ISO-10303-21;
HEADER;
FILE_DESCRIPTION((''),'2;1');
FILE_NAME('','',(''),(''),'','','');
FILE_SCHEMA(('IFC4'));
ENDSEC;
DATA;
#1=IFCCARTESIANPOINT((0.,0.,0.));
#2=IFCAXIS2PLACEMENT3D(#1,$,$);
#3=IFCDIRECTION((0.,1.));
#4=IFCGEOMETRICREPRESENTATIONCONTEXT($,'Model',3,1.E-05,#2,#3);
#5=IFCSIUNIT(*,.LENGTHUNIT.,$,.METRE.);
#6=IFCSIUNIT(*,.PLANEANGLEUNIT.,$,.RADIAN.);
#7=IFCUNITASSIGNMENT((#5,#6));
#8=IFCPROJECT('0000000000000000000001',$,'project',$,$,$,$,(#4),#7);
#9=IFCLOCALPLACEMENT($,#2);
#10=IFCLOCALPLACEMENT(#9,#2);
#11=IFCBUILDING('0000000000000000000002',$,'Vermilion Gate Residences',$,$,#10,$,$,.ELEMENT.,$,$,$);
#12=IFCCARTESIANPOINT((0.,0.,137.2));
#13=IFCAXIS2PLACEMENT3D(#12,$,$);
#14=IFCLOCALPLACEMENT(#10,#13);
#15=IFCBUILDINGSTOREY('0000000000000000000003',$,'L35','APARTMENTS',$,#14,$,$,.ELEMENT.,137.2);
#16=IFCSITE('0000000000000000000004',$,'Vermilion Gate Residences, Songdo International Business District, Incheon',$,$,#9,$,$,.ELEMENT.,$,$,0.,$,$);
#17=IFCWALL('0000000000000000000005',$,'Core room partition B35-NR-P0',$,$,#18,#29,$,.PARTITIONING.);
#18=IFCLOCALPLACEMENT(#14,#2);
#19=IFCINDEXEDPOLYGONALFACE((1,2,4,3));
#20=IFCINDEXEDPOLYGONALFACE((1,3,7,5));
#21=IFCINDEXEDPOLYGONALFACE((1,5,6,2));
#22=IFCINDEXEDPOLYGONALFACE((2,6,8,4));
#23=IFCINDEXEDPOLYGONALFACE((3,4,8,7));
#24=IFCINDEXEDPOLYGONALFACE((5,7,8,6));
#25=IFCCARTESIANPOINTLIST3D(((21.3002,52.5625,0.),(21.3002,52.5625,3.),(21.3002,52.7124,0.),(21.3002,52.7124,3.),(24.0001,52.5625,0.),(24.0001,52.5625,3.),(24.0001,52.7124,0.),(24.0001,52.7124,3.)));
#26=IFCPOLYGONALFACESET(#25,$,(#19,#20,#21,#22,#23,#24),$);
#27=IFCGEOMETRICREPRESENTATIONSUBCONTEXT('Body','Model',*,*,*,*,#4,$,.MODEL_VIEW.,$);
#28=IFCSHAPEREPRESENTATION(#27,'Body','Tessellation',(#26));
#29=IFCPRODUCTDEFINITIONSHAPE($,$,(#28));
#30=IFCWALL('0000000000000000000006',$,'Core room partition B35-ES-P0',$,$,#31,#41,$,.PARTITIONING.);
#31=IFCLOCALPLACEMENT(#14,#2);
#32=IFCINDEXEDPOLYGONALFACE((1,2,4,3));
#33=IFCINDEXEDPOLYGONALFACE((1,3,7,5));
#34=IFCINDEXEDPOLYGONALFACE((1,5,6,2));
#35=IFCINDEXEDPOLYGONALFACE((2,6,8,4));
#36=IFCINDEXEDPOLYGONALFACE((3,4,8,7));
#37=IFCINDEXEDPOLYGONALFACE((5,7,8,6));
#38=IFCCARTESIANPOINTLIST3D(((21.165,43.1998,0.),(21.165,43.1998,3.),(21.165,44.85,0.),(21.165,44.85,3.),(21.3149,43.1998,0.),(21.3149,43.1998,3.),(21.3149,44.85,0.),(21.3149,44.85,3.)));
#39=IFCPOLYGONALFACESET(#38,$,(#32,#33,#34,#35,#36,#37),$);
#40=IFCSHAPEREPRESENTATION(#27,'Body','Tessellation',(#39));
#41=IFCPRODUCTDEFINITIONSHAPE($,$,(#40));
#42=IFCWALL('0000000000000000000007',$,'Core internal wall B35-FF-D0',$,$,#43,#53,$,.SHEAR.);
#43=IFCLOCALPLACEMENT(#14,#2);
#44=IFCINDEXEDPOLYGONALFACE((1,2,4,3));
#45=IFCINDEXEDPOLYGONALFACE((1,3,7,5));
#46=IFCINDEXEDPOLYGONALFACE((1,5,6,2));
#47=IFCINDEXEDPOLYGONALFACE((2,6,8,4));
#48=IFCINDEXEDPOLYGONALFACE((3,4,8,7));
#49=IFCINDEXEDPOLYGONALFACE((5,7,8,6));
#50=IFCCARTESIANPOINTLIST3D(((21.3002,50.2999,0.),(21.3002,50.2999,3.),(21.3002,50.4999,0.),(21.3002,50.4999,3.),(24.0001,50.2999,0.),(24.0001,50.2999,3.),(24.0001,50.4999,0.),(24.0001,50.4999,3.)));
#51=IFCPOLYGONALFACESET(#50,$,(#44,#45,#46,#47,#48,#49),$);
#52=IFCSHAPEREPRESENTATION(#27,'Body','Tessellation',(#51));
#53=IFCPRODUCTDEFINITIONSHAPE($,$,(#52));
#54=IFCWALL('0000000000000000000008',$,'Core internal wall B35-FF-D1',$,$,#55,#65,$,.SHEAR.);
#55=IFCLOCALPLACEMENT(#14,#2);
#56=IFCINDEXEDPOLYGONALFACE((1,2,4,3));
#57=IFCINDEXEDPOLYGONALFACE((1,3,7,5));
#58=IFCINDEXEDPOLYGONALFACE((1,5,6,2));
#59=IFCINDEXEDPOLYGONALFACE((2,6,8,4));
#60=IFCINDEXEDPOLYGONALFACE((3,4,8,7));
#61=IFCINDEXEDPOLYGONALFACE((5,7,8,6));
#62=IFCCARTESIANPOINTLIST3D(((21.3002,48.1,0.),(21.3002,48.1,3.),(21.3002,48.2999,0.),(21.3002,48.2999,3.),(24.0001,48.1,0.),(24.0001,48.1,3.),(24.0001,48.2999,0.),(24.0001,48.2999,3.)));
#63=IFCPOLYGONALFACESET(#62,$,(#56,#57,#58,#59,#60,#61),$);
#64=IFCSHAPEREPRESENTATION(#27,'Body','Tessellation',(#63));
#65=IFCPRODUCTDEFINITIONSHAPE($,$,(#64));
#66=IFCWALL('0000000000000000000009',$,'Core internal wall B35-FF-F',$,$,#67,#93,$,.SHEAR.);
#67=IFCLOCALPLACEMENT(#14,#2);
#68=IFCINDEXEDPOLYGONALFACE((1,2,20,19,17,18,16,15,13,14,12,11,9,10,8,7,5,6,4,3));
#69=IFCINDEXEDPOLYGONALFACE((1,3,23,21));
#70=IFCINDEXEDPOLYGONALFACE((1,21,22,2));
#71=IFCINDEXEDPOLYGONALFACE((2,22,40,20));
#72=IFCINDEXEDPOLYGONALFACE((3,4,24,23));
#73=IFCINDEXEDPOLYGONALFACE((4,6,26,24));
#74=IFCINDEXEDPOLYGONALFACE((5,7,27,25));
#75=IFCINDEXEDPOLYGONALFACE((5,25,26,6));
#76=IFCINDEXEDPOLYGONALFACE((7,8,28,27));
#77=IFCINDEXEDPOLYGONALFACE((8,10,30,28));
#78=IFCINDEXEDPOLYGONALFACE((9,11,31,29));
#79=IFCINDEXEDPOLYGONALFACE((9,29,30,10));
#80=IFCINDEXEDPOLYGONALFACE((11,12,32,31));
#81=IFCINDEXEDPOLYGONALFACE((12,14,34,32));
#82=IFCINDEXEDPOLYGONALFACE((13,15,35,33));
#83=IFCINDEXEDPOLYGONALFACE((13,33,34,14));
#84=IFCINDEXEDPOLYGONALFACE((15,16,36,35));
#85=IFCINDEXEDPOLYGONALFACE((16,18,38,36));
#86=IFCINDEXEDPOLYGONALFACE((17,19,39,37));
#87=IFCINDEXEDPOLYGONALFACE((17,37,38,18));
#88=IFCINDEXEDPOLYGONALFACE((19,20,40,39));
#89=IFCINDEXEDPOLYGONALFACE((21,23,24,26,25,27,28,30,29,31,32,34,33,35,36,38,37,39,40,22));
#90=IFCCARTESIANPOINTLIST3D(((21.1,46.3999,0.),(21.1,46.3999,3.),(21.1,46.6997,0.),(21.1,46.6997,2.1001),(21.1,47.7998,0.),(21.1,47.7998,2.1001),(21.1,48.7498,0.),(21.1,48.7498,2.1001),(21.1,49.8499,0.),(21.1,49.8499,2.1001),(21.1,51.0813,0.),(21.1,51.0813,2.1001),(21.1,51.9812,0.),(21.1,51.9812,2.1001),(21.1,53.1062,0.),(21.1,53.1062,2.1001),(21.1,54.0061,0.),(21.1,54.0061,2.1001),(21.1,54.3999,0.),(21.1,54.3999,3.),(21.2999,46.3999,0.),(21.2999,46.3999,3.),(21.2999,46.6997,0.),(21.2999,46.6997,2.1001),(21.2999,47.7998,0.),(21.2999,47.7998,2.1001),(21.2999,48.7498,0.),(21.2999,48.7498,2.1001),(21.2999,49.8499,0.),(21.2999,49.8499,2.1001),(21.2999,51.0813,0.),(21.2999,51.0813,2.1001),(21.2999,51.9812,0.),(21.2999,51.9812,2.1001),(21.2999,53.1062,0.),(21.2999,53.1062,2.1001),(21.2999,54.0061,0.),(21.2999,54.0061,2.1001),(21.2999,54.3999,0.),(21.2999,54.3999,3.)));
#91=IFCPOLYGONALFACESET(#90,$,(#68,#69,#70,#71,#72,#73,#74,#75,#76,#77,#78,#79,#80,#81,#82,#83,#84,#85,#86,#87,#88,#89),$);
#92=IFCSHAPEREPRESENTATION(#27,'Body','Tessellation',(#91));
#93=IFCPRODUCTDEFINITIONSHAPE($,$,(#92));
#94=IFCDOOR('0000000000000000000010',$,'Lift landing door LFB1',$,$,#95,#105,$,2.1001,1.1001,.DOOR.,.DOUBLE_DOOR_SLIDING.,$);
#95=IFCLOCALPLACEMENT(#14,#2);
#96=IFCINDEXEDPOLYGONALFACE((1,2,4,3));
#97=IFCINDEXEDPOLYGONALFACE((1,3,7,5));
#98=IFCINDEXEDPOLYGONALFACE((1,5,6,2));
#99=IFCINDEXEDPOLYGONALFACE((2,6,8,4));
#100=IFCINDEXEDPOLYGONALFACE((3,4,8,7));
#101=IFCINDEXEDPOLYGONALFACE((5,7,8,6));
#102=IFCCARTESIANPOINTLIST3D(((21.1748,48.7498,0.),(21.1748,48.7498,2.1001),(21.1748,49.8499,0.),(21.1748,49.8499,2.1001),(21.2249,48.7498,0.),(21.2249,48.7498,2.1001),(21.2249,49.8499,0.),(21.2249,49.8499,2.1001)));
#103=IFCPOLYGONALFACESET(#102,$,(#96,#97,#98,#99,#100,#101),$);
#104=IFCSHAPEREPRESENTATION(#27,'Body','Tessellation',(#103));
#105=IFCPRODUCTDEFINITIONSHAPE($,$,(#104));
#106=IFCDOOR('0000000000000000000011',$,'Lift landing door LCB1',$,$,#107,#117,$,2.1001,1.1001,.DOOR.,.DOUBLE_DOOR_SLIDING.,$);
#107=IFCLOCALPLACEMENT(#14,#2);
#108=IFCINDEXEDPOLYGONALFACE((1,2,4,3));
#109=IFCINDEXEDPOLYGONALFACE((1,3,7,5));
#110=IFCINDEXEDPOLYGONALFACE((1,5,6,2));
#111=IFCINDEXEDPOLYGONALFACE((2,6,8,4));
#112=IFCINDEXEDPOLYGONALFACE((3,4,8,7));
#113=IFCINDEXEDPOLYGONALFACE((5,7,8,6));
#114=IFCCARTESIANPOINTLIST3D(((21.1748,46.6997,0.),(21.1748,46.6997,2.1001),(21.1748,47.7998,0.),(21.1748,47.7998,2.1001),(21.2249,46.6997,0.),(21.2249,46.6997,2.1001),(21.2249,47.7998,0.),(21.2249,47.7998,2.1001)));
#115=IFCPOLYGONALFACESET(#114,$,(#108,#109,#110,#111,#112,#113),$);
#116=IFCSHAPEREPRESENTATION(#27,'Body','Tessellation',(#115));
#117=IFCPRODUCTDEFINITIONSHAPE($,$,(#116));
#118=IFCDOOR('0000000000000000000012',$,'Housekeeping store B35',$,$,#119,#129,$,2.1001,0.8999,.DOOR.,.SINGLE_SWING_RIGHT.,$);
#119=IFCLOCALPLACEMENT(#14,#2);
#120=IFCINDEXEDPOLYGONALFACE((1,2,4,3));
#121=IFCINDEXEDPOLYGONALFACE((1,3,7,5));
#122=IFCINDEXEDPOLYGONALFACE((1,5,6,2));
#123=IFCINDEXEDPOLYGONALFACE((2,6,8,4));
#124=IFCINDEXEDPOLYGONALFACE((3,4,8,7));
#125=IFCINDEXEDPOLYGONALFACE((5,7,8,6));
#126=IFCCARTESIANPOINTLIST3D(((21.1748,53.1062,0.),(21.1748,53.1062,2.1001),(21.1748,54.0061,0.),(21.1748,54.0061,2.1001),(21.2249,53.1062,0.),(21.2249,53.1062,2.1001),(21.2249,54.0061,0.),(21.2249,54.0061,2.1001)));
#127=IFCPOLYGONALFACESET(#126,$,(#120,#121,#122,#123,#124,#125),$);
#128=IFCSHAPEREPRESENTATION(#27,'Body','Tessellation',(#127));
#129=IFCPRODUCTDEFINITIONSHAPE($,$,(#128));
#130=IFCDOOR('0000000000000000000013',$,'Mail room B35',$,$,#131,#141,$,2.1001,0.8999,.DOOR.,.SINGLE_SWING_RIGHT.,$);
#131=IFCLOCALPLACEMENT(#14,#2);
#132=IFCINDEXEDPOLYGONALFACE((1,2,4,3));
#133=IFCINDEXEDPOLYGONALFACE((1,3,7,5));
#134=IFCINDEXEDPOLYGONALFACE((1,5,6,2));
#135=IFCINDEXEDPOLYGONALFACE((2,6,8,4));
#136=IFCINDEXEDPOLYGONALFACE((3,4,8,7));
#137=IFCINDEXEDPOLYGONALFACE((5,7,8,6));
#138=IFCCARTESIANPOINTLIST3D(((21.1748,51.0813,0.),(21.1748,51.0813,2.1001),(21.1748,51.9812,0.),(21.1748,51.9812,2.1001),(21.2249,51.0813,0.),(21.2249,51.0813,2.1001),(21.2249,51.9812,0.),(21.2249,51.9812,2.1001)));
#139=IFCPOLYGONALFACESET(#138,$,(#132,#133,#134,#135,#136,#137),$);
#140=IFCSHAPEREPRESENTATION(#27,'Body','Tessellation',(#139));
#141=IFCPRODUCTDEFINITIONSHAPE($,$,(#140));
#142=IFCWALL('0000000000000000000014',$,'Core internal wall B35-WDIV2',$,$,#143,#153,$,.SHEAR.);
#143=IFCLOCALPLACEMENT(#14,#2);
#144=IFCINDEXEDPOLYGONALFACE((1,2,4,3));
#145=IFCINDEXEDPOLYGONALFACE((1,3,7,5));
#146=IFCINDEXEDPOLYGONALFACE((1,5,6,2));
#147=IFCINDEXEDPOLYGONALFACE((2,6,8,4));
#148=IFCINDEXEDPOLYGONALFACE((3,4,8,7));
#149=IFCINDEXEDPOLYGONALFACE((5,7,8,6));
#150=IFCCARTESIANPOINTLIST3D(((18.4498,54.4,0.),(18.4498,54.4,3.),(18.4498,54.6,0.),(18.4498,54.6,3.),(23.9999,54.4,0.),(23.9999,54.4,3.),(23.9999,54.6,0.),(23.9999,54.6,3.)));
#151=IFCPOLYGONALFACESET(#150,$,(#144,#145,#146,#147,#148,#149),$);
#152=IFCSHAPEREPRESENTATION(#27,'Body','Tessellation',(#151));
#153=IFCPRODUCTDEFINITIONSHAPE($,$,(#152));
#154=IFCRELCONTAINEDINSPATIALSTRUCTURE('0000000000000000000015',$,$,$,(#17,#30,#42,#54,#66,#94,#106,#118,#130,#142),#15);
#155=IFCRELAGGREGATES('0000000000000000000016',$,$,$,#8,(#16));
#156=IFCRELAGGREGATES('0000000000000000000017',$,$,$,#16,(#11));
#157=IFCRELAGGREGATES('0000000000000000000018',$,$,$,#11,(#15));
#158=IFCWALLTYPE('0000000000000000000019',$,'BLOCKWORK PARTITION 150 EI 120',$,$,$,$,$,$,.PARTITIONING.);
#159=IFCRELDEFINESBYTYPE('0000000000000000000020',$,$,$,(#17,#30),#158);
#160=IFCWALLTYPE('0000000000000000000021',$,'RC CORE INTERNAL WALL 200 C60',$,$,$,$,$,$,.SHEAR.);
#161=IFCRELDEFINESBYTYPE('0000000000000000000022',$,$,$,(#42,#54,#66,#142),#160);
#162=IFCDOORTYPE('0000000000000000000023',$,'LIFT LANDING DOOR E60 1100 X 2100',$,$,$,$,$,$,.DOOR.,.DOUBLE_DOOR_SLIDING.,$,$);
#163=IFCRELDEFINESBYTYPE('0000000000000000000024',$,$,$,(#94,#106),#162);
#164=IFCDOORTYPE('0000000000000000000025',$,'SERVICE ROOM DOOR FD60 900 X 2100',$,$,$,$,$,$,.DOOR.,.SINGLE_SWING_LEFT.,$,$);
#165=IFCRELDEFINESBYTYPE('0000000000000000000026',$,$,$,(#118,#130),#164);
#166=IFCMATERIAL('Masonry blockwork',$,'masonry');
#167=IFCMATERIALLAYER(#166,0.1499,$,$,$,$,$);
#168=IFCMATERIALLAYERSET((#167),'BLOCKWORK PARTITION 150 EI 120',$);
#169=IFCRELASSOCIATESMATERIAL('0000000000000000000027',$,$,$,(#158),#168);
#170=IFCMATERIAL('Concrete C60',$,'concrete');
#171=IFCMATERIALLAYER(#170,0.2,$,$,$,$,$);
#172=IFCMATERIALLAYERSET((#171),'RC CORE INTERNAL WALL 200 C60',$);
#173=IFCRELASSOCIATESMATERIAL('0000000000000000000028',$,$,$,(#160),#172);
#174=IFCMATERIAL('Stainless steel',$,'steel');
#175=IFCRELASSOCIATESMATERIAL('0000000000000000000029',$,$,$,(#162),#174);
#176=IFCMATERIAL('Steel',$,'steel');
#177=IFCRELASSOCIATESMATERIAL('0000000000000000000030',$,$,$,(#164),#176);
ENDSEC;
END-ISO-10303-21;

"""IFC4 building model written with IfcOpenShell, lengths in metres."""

from ifc_helpers import new_model, si_unit, direction, frame, frame_2d, origin, place, context, subcontext, project, spatial, rectangle, extrude, material, layer, layer_set, type_object, element, fill, save


model = new_model("IFC4")

# Units and contexts
model_context = context("Model", 3, precision=1e-05, world=origin(), true_north=direction((0.0, 1.0)))
body_context = subcontext(model_context, "Body", "Model", "MODEL_VIEW")
ifc_project = project(units=[si_unit("LENGTHUNIT", "METRE"), si_unit("PLANEANGLEUNIT", "RADIAN")], contexts=[model_context])

# Site, building, storey
site_placement = place(None, origin())
site = spatial("IfcSite", under=ifc_project, at=site_placement, Name="Vermilion Gate Residences, Songdo International Business District, Incheon", CompositionType="ELEMENT", RefElevation=0.0)
building_placement = place(site_placement, origin())
building = spatial("IfcBuilding", under=site, at=building_placement, Name="Vermilion Gate Residences", CompositionType="ELEMENT")
storey_placement = place(building_placement, frame((0.0, 0.0, 137.2)))
storey = spatial("IfcBuildingStorey", under=building, at=storey_placement, Name="L35", Description="APARTMENTS", CompositionType="ELEMENT", Elevation=137.2)

# Walls
ifc_material_1 = material(Name="Masonry blockwork", Category="masonry")
ifc_layer_1 = layer(ifc_material_1, 0.1499)
ifc_layer_set_1 = layer_set([ifc_layer_1], Name="BLOCKWORK PARTITION 150 EI 120")
wall_type_1 = type_object("IfcWallType", Name="BLOCKWORK PARTITION 150 EI 120", PredefinedType="PARTITIONING", material=ifc_layer_set_1)
wall_1_placement = place(storey_placement, frame((21.3, 52.6375, 0.0), z_axis=(0.0, 0.0, 1.0), x_axis=(1.0, 0.0, 0.0)))
element("IfcWall", 1, at=wall_1_placement, inside=storey, type_object=wall_type_1, Name="Core room partition B35-NR-P0", PredefinedType="PARTITIONING", context=body_context, shape_type="SweptSolid", body=[
    extrude(rectangle(XDim=2.7, YDim=0.1499, at=frame_2d((1.3501, 0.0))), origin(), (0.0, 0.0, 1.0), 3.0),
])
wall_2_placement = place(storey_placement, frame((21.24, 44.8501, 0.0), z_axis=(0.0, 0.0, 1.0), x_axis=(0.0, -1.0, 0.0)))
element("IfcWall", 2, at=wall_2_placement, inside=storey, type_object=wall_type_1, Name="Core room partition B35-ES-P0", PredefinedType="PARTITIONING", context=body_context, shape_type="SweptSolid", body=[
    extrude(rectangle(XDim=1.6501, YDim=0.1499, at=frame_2d((0.8252, 0.0))), origin(), (0.0, 0.0, 1.0), 3.0),
])
ifc_material_2 = material(Name="Concrete C60", Category="concrete")
ifc_layer_2 = layer(ifc_material_2, 0.2)
ifc_layer_set_2 = layer_set([ifc_layer_2], Name="RC CORE INTERNAL WALL 200 C60")
wall_type_2 = type_object("IfcWallType", Name="RC CORE INTERNAL WALL 200 C60", PredefinedType="SHEAR", material=ifc_layer_set_2)
for number, where, z_axis, x_axis, name in (
    (3, (21.3, 50.3999, 0.0), (0.0, 0.0, 1.0), (1.0, 0.0, 0.0), "Core internal wall B35-FF-D0"),
    (4, (21.3, 48.2, 0.0), (0.0, 0.0, 1.0), (1.0, 0.0, 0.0), "Core internal wall B35-FF-D1"),
):
    element("IfcWall", number, at=place(storey_placement, frame(where, z_axis=z_axis, x_axis=x_axis)), inside=storey, type_object=wall_type_2, Name=name, PredefinedType="SHEAR", context=body_context, shape_type="SweptSolid", body=[
        extrude(rectangle(XDim=2.7, YDim=0.2, at=frame_2d((1.3501, 0.0))), origin(), (0.0, 0.0, 1.0), 3.0),
    ])

# Wall, openings, doors
wall_3_placement = place(storey_placement, frame((21.2, 54.3999, 0.0), z_axis=(0.0, 0.0, 1.0), x_axis=(0.0, -1.0, 0.0)))
wall_3 = element("IfcWall", 5, at=wall_3_placement, inside=storey, type_object=wall_type_2, Name="Core internal wall B35-FF-F", PredefinedType="SHEAR", context=body_context, shape_type="SweptSolid", body=[
    extrude(rectangle(XDim=8.0, YDim=0.2, at=frame_2d((4.0, 0.0))), origin(), (0.0, 0.0, 1.0), 3.0),
])
opening_1_placement = place(wall_3_placement, frame((0.3938, 0.0, 0.0)))
opening_1 = element("IfcOpeningElement", 6, at=opening_1_placement, cuts=wall_3, PredefinedType="OPENING", context=body_context, shape_type="SweptSolid", body=[
    extrude(rectangle(XDim=0.8999, YDim=2.1001, at=frame_2d((0.45, 1.05))), frame((0.0, 0.1099, 0.0), z_axis=(0.0, -1.0, 0.0), x_axis=(1.0, 0.0, 0.0)), (0.0, 0.0, 1.0), 0.22),
])
opening_2_placement = place(wall_3_placement, frame((2.4187, 0.0, 0.0)))
opening_2 = element("IfcOpeningElement", 7, at=opening_2_placement, cuts=wall_3, PredefinedType="OPENING", context=body_context, shape_type="SweptSolid", body=[
    extrude(rectangle(XDim=0.8999, YDim=2.1001, at=frame_2d((0.45, 1.05))), frame((0.0, 0.1099, 0.0), z_axis=(0.0, -1.0, 0.0), x_axis=(1.0, 0.0, 0.0)), (0.0, 0.0, 1.0), 0.22),
])
opening_3_placement = place(wall_3_placement, frame((4.55, 0.0, 0.0)))
opening_3 = element("IfcOpeningElement", 8, at=opening_3_placement, cuts=wall_3, PredefinedType="OPENING", context=body_context, shape_type="SweptSolid", body=[
    extrude(rectangle(XDim=1.1001, YDim=2.1001, at=frame_2d((0.55, 1.05))), frame((0.0, 0.1099, 0.0), z_axis=(0.0, -1.0, 0.0), x_axis=(1.0, 0.0, 0.0)), (0.0, 0.0, 1.0), 0.22),
])
opening_4_placement = place(wall_3_placement, frame((6.6001, 0.0, 0.0)))
opening_4 = element("IfcOpeningElement", 9, at=opening_4_placement, cuts=wall_3, PredefinedType="OPENING", context=body_context, shape_type="SweptSolid", body=[
    extrude(rectangle(XDim=1.1001, YDim=2.1001, at=frame_2d((0.55, 1.05))), frame((0.0, 0.1099, 0.0), z_axis=(0.0, -1.0, 0.0), x_axis=(1.0, 0.0, 0.0)), (0.0, 0.0, 1.0), 0.22),
])
ifc_material_3 = material(Name="Stainless steel", Category="steel")
door_type_1 = type_object("IfcDoorType", Name="LIFT LANDING DOOR E60 1100 X 2100", OperationType="DOUBLE_DOOR_SLIDING", PredefinedType="DOOR", material=ifc_material_3)
door_1_placement = place(opening_3_placement, origin())
door_1 = element("IfcDoor", 10, at=door_1_placement, inside=storey, type_object=door_type_1, Name="Lift landing door LFB1", OperationType="DOUBLE_DOOR_SLIDING", OverallHeight=2.1001, OverallWidth=1.1001, PredefinedType="DOOR", context=body_context, shape_type="SweptSolid", body=[
    extrude(rectangle(XDim=1.1001, YDim=2.1001, at=frame_2d((0.55, 1.05))), frame((0.0, 0.0249, 0.0), z_axis=(0.0, -1.0, 0.0), x_axis=(1.0, 0.0, 0.0)), (0.0, 0.0, 1.0), 0.05),
])
fill(opening_3, door_1)
door_2_placement = place(opening_4_placement, origin())
door_2 = element("IfcDoor", 11, at=door_2_placement, inside=storey, type_object=door_type_1, Name="Lift landing door LCB1", OperationType="DOUBLE_DOOR_SLIDING", OverallHeight=2.1001, OverallWidth=1.1001, PredefinedType="DOOR", context=body_context, shape_type="SweptSolid", body=[
    extrude(rectangle(XDim=1.1001, YDim=2.1001, at=frame_2d((0.55, 1.05))), frame((0.0, 0.0249, 0.0), z_axis=(0.0, -1.0, 0.0), x_axis=(1.0, 0.0, 0.0)), (0.0, 0.0, 1.0), 0.05),
])
fill(opening_4, door_2)
ifc_material_4 = material(Name="Steel", Category="steel")
door_type_2 = type_object("IfcDoorType", Name="SERVICE ROOM DOOR FD60 900 X 2100", OperationType="SINGLE_SWING_LEFT", PredefinedType="DOOR", material=ifc_material_4)
door_3_placement = place(opening_1_placement, origin())
door_3 = element("IfcDoor", 12, at=door_3_placement, inside=storey, type_object=door_type_2, Name="Housekeeping store B35", OperationType="SINGLE_SWING_RIGHT", OverallHeight=2.1001, OverallWidth=0.8999, PredefinedType="DOOR", context=body_context, shape_type="SweptSolid", body=[
    extrude(rectangle(XDim=0.8999, YDim=2.1001, at=frame_2d((0.45, 1.05))), frame((0.0, 0.0249, 0.0), z_axis=(0.0, -1.0, 0.0), x_axis=(1.0, 0.0, 0.0)), (0.0, 0.0, 1.0), 0.05),
])
fill(opening_1, door_3)
door_4_placement = place(opening_2_placement, origin())
door_4 = element("IfcDoor", 13, at=door_4_placement, inside=storey, type_object=door_type_2, Name="Mail room B35", OperationType="SINGLE_SWING_RIGHT", OverallHeight=2.1001, OverallWidth=0.8999, PredefinedType="DOOR", context=body_context, shape_type="SweptSolid", body=[
    extrude(rectangle(XDim=0.8999, YDim=2.1001, at=frame_2d((0.45, 1.05))), frame((0.0, 0.0249, 0.0), z_axis=(0.0, -1.0, 0.0), x_axis=(1.0, 0.0, 0.0)), (0.0, 0.0, 1.0), 0.05),
])
fill(opening_2, door_4)

# Wall
wall_4_placement = place(storey_placement, frame((18.45, 54.5, 0.0), z_axis=(0.0, 0.0, 1.0), x_axis=(1.0, 0.0, 0.0)))
element("IfcWall", 14, at=wall_4_placement, inside=storey, type_object=wall_type_2, Name="Core internal wall B35-WDIV2", PredefinedType="SHEAR", context=body_context, shape_type="SweptSolid", body=[
    extrude(rectangle(XDim=5.55, YDim=0.2, at=frame_2d((2.7749, 0.0))), origin(), (0.0, 0.0, 1.0), 3.0),
])

save(model, "model.ifc")
